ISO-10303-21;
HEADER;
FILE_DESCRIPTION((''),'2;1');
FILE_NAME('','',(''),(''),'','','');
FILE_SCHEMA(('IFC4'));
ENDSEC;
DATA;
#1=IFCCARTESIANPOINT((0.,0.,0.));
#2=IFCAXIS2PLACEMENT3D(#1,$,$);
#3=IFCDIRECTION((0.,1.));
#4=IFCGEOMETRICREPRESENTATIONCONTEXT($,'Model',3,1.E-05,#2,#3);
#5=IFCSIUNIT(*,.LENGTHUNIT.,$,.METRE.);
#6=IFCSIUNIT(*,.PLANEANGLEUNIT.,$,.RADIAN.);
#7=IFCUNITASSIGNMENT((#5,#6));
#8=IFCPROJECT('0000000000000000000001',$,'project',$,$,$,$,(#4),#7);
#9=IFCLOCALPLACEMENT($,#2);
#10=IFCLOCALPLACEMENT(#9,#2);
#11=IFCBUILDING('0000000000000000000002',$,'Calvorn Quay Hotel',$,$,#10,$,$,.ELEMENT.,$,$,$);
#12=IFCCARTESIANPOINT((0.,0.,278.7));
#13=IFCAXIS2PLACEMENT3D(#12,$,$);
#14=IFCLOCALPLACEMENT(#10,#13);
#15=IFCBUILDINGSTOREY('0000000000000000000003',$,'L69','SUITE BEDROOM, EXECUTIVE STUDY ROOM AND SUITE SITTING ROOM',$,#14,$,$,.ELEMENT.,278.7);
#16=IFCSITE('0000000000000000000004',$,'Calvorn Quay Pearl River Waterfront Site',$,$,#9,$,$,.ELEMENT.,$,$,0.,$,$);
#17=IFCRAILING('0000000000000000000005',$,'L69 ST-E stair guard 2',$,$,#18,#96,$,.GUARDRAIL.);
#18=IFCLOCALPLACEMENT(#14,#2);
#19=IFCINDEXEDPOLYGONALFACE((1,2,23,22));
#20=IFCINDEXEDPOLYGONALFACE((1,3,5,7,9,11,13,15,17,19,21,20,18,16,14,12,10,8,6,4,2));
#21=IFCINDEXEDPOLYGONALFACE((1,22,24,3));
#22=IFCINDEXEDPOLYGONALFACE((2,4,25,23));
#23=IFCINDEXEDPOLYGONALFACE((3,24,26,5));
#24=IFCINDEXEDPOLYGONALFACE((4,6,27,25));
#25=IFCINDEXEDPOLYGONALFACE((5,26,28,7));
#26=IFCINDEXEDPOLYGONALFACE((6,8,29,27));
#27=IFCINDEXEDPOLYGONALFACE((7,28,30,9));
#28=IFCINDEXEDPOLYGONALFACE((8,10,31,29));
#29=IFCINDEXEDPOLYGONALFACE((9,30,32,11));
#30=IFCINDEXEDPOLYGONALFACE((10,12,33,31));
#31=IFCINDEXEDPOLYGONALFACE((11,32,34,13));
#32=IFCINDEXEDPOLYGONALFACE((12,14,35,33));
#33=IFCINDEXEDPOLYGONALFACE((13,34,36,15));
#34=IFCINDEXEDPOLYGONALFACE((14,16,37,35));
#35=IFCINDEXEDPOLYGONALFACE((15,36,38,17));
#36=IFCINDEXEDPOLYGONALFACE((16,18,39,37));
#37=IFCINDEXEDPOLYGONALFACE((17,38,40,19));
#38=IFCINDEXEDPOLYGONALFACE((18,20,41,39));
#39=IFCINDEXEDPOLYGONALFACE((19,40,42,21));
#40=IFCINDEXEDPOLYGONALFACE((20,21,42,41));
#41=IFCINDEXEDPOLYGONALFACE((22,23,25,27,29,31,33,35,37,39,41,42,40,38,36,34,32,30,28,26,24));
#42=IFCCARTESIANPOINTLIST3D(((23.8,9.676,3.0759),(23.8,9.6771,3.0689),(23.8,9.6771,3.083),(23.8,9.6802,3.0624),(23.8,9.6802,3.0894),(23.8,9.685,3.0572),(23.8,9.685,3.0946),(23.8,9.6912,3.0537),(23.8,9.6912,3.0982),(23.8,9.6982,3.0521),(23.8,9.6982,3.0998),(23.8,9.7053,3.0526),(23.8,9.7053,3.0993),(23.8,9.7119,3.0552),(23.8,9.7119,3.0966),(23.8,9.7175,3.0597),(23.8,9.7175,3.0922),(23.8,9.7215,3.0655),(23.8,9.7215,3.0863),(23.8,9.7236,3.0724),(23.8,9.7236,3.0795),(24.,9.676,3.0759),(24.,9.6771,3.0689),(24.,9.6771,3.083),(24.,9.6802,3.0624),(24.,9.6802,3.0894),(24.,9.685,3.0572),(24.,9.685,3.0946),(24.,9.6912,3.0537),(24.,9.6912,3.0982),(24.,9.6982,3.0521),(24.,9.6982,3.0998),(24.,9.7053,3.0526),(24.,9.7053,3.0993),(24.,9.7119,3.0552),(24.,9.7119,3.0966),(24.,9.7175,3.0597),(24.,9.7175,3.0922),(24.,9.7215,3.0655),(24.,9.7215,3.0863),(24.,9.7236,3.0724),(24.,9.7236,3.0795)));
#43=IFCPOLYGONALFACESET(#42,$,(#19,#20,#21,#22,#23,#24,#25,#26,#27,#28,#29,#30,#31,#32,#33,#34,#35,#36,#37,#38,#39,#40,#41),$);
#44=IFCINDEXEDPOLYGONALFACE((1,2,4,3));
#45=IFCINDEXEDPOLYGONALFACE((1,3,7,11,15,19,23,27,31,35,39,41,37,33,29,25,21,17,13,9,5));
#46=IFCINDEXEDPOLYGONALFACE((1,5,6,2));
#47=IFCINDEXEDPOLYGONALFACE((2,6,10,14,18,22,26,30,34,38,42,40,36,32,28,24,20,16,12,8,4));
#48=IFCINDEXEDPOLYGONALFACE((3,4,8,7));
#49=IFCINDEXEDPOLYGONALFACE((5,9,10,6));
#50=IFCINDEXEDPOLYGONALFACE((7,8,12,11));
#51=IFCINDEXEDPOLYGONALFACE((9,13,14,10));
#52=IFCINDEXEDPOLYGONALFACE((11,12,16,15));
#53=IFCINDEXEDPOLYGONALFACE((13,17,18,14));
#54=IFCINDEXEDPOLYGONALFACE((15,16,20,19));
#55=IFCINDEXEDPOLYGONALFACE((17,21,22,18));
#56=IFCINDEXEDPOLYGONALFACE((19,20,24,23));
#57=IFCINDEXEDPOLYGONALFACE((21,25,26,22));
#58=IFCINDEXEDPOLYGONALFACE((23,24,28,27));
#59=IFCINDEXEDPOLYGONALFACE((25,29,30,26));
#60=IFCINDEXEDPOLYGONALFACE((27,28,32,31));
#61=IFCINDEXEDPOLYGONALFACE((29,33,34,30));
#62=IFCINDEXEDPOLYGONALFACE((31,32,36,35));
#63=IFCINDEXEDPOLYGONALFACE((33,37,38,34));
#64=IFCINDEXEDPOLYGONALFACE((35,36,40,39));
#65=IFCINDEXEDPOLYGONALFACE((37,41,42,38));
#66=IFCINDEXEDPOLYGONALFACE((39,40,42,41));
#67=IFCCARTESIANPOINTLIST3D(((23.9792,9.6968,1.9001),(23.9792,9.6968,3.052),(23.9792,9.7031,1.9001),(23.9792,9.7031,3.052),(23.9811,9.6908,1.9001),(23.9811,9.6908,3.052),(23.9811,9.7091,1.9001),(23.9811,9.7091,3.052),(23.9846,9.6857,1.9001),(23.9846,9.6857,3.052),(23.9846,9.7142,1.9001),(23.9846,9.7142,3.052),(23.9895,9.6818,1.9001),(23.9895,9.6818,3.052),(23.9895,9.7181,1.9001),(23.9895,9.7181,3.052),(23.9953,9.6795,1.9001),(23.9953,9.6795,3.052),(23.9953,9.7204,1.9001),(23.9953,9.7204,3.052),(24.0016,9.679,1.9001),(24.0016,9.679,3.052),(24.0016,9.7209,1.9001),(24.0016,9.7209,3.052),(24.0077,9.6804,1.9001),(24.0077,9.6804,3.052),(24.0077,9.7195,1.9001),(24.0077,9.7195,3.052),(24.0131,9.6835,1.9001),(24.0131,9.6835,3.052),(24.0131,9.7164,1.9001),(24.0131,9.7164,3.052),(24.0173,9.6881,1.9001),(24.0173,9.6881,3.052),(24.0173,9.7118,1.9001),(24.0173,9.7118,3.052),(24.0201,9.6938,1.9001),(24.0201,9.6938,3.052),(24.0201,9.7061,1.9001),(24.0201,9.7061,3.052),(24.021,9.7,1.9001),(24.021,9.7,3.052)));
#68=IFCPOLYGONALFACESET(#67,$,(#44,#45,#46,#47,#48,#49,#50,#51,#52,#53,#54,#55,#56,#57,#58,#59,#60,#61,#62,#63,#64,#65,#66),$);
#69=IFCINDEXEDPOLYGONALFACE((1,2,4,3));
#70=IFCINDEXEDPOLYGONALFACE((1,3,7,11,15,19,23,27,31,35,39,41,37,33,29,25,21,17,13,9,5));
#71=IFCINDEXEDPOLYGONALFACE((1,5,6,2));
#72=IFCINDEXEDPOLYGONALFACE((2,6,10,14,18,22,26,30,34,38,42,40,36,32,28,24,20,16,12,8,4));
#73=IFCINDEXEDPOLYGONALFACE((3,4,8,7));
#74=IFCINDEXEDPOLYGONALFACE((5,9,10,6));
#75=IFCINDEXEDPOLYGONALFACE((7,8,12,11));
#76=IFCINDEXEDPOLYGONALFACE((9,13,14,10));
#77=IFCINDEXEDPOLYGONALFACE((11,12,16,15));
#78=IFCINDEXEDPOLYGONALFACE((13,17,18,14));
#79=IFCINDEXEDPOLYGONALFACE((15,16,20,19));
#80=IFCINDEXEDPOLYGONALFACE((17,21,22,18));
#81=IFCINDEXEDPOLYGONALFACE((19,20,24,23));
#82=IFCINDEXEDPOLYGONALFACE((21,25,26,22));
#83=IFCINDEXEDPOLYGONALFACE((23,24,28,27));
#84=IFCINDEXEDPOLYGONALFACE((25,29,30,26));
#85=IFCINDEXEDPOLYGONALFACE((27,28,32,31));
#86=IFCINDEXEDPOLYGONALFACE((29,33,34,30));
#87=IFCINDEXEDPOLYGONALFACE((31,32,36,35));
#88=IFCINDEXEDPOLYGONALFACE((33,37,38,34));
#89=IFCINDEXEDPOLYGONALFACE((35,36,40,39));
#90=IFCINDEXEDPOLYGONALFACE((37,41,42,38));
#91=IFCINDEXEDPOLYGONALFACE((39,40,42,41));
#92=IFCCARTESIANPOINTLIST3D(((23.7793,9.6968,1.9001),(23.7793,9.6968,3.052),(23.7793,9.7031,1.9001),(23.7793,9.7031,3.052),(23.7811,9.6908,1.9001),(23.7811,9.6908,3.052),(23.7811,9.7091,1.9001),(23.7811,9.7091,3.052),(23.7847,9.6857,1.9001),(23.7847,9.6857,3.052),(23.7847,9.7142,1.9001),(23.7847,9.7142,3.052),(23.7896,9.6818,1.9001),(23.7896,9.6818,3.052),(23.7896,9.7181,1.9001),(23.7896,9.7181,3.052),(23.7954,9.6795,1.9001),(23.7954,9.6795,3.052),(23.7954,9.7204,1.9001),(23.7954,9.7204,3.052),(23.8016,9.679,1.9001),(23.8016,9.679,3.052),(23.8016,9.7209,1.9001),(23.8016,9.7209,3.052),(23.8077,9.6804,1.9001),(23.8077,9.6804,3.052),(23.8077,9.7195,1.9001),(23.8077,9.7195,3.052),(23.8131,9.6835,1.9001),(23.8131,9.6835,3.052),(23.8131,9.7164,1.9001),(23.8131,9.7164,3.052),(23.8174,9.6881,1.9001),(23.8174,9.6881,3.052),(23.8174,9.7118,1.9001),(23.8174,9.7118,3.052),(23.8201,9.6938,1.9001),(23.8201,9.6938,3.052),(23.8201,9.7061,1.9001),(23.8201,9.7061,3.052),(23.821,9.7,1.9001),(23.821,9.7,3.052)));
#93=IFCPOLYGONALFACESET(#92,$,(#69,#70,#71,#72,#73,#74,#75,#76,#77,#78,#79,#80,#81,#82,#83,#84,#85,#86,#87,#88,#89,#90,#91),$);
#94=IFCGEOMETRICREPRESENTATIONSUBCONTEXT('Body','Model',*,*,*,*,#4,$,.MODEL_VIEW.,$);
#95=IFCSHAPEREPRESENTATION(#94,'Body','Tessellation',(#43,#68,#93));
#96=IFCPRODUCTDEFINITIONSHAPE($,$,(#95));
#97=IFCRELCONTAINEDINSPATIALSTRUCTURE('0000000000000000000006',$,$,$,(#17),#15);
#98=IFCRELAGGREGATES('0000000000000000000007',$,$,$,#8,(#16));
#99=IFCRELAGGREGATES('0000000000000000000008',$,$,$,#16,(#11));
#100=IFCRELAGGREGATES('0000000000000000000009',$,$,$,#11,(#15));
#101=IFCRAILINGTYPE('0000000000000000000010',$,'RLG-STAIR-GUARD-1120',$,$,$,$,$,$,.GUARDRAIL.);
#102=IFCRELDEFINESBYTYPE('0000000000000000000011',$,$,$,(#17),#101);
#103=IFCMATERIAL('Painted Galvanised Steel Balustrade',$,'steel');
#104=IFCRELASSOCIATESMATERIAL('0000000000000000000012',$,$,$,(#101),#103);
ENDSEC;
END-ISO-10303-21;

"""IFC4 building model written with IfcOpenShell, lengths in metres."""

from ifc_helpers import new_model, si_unit, direction, frame, origin, origin_2d, place, context, subcontext, project, spatial, circle, extrude, material, type_object, element, save


model = new_model("IFC4")

# Units and contexts
model_context = context("Model", 3, precision=1e-05, world=origin(), true_north=direction((0.0, 1.0)))
body_context = subcontext(model_context, "Body", "Model", "MODEL_VIEW")
ifc_project = project(units=[si_unit("LENGTHUNIT", "METRE"), si_unit("PLANEANGLEUNIT", "RADIAN")], contexts=[model_context])

# Site, building, storey
site_placement = place(None, origin())
site = spatial("IfcSite", under=ifc_project, at=site_placement, Name="Calvorn Quay Pearl River Waterfront Site", CompositionType="ELEMENT", RefElevation=0.0)
building_placement = place(site_placement, origin())
building = spatial("IfcBuilding", under=site, at=building_placement, Name="Calvorn Quay Hotel", CompositionType="ELEMENT")
storey_placement = place(building_placement, frame((0.0, 0.0, 278.7)))
storey = spatial("IfcBuildingStorey", under=building, at=storey_placement, Name="L69", Description="SUITE BEDROOM, EXECUTIVE STUDY ROOM AND SUITE SITTING ROOM", CompositionType="ELEMENT", Elevation=278.7)

# Railing
ifc_material_1 = material(Name="Painted Galvanised Steel Balustrade", Category="steel")
railing_type_1 = type_object("IfcRailingType", Name="RLG-STAIR-GUARD-1120", PredefinedType="GUARDRAIL", material=ifc_material_1)
railing_1_placement = place(storey_placement, frame((24.0, 9.7, 1.9001)))
element("IfcRailing", 1, at=railing_1_placement, inside=storey, type_object=railing_type_1, Name="L69 ST-E stair guard 2", PredefinedType="GUARDRAIL", context=body_context, shape_type="SweptSolid", body=[
    extrude(circle(Radius=0.0239, at=origin_2d()), frame((0.0, 0.0, 1.1758), z_axis=(-1.0, 0.0, 0.0), x_axis=(0.0, -1.0, 0.0)), (0.0, 0.0, 1.0), 0.2),
    extrude(circle(Radius=0.021, at=origin_2d()), origin(), (0.0, 0.0, 1.0), 1.1519),
    extrude(circle(Radius=0.021, at=origin_2d()), frame((-0.2, 0.0, 0.0)), (0.0, 0.0, 1.0), 1.1519),
])

save(model, "model.ifc")
